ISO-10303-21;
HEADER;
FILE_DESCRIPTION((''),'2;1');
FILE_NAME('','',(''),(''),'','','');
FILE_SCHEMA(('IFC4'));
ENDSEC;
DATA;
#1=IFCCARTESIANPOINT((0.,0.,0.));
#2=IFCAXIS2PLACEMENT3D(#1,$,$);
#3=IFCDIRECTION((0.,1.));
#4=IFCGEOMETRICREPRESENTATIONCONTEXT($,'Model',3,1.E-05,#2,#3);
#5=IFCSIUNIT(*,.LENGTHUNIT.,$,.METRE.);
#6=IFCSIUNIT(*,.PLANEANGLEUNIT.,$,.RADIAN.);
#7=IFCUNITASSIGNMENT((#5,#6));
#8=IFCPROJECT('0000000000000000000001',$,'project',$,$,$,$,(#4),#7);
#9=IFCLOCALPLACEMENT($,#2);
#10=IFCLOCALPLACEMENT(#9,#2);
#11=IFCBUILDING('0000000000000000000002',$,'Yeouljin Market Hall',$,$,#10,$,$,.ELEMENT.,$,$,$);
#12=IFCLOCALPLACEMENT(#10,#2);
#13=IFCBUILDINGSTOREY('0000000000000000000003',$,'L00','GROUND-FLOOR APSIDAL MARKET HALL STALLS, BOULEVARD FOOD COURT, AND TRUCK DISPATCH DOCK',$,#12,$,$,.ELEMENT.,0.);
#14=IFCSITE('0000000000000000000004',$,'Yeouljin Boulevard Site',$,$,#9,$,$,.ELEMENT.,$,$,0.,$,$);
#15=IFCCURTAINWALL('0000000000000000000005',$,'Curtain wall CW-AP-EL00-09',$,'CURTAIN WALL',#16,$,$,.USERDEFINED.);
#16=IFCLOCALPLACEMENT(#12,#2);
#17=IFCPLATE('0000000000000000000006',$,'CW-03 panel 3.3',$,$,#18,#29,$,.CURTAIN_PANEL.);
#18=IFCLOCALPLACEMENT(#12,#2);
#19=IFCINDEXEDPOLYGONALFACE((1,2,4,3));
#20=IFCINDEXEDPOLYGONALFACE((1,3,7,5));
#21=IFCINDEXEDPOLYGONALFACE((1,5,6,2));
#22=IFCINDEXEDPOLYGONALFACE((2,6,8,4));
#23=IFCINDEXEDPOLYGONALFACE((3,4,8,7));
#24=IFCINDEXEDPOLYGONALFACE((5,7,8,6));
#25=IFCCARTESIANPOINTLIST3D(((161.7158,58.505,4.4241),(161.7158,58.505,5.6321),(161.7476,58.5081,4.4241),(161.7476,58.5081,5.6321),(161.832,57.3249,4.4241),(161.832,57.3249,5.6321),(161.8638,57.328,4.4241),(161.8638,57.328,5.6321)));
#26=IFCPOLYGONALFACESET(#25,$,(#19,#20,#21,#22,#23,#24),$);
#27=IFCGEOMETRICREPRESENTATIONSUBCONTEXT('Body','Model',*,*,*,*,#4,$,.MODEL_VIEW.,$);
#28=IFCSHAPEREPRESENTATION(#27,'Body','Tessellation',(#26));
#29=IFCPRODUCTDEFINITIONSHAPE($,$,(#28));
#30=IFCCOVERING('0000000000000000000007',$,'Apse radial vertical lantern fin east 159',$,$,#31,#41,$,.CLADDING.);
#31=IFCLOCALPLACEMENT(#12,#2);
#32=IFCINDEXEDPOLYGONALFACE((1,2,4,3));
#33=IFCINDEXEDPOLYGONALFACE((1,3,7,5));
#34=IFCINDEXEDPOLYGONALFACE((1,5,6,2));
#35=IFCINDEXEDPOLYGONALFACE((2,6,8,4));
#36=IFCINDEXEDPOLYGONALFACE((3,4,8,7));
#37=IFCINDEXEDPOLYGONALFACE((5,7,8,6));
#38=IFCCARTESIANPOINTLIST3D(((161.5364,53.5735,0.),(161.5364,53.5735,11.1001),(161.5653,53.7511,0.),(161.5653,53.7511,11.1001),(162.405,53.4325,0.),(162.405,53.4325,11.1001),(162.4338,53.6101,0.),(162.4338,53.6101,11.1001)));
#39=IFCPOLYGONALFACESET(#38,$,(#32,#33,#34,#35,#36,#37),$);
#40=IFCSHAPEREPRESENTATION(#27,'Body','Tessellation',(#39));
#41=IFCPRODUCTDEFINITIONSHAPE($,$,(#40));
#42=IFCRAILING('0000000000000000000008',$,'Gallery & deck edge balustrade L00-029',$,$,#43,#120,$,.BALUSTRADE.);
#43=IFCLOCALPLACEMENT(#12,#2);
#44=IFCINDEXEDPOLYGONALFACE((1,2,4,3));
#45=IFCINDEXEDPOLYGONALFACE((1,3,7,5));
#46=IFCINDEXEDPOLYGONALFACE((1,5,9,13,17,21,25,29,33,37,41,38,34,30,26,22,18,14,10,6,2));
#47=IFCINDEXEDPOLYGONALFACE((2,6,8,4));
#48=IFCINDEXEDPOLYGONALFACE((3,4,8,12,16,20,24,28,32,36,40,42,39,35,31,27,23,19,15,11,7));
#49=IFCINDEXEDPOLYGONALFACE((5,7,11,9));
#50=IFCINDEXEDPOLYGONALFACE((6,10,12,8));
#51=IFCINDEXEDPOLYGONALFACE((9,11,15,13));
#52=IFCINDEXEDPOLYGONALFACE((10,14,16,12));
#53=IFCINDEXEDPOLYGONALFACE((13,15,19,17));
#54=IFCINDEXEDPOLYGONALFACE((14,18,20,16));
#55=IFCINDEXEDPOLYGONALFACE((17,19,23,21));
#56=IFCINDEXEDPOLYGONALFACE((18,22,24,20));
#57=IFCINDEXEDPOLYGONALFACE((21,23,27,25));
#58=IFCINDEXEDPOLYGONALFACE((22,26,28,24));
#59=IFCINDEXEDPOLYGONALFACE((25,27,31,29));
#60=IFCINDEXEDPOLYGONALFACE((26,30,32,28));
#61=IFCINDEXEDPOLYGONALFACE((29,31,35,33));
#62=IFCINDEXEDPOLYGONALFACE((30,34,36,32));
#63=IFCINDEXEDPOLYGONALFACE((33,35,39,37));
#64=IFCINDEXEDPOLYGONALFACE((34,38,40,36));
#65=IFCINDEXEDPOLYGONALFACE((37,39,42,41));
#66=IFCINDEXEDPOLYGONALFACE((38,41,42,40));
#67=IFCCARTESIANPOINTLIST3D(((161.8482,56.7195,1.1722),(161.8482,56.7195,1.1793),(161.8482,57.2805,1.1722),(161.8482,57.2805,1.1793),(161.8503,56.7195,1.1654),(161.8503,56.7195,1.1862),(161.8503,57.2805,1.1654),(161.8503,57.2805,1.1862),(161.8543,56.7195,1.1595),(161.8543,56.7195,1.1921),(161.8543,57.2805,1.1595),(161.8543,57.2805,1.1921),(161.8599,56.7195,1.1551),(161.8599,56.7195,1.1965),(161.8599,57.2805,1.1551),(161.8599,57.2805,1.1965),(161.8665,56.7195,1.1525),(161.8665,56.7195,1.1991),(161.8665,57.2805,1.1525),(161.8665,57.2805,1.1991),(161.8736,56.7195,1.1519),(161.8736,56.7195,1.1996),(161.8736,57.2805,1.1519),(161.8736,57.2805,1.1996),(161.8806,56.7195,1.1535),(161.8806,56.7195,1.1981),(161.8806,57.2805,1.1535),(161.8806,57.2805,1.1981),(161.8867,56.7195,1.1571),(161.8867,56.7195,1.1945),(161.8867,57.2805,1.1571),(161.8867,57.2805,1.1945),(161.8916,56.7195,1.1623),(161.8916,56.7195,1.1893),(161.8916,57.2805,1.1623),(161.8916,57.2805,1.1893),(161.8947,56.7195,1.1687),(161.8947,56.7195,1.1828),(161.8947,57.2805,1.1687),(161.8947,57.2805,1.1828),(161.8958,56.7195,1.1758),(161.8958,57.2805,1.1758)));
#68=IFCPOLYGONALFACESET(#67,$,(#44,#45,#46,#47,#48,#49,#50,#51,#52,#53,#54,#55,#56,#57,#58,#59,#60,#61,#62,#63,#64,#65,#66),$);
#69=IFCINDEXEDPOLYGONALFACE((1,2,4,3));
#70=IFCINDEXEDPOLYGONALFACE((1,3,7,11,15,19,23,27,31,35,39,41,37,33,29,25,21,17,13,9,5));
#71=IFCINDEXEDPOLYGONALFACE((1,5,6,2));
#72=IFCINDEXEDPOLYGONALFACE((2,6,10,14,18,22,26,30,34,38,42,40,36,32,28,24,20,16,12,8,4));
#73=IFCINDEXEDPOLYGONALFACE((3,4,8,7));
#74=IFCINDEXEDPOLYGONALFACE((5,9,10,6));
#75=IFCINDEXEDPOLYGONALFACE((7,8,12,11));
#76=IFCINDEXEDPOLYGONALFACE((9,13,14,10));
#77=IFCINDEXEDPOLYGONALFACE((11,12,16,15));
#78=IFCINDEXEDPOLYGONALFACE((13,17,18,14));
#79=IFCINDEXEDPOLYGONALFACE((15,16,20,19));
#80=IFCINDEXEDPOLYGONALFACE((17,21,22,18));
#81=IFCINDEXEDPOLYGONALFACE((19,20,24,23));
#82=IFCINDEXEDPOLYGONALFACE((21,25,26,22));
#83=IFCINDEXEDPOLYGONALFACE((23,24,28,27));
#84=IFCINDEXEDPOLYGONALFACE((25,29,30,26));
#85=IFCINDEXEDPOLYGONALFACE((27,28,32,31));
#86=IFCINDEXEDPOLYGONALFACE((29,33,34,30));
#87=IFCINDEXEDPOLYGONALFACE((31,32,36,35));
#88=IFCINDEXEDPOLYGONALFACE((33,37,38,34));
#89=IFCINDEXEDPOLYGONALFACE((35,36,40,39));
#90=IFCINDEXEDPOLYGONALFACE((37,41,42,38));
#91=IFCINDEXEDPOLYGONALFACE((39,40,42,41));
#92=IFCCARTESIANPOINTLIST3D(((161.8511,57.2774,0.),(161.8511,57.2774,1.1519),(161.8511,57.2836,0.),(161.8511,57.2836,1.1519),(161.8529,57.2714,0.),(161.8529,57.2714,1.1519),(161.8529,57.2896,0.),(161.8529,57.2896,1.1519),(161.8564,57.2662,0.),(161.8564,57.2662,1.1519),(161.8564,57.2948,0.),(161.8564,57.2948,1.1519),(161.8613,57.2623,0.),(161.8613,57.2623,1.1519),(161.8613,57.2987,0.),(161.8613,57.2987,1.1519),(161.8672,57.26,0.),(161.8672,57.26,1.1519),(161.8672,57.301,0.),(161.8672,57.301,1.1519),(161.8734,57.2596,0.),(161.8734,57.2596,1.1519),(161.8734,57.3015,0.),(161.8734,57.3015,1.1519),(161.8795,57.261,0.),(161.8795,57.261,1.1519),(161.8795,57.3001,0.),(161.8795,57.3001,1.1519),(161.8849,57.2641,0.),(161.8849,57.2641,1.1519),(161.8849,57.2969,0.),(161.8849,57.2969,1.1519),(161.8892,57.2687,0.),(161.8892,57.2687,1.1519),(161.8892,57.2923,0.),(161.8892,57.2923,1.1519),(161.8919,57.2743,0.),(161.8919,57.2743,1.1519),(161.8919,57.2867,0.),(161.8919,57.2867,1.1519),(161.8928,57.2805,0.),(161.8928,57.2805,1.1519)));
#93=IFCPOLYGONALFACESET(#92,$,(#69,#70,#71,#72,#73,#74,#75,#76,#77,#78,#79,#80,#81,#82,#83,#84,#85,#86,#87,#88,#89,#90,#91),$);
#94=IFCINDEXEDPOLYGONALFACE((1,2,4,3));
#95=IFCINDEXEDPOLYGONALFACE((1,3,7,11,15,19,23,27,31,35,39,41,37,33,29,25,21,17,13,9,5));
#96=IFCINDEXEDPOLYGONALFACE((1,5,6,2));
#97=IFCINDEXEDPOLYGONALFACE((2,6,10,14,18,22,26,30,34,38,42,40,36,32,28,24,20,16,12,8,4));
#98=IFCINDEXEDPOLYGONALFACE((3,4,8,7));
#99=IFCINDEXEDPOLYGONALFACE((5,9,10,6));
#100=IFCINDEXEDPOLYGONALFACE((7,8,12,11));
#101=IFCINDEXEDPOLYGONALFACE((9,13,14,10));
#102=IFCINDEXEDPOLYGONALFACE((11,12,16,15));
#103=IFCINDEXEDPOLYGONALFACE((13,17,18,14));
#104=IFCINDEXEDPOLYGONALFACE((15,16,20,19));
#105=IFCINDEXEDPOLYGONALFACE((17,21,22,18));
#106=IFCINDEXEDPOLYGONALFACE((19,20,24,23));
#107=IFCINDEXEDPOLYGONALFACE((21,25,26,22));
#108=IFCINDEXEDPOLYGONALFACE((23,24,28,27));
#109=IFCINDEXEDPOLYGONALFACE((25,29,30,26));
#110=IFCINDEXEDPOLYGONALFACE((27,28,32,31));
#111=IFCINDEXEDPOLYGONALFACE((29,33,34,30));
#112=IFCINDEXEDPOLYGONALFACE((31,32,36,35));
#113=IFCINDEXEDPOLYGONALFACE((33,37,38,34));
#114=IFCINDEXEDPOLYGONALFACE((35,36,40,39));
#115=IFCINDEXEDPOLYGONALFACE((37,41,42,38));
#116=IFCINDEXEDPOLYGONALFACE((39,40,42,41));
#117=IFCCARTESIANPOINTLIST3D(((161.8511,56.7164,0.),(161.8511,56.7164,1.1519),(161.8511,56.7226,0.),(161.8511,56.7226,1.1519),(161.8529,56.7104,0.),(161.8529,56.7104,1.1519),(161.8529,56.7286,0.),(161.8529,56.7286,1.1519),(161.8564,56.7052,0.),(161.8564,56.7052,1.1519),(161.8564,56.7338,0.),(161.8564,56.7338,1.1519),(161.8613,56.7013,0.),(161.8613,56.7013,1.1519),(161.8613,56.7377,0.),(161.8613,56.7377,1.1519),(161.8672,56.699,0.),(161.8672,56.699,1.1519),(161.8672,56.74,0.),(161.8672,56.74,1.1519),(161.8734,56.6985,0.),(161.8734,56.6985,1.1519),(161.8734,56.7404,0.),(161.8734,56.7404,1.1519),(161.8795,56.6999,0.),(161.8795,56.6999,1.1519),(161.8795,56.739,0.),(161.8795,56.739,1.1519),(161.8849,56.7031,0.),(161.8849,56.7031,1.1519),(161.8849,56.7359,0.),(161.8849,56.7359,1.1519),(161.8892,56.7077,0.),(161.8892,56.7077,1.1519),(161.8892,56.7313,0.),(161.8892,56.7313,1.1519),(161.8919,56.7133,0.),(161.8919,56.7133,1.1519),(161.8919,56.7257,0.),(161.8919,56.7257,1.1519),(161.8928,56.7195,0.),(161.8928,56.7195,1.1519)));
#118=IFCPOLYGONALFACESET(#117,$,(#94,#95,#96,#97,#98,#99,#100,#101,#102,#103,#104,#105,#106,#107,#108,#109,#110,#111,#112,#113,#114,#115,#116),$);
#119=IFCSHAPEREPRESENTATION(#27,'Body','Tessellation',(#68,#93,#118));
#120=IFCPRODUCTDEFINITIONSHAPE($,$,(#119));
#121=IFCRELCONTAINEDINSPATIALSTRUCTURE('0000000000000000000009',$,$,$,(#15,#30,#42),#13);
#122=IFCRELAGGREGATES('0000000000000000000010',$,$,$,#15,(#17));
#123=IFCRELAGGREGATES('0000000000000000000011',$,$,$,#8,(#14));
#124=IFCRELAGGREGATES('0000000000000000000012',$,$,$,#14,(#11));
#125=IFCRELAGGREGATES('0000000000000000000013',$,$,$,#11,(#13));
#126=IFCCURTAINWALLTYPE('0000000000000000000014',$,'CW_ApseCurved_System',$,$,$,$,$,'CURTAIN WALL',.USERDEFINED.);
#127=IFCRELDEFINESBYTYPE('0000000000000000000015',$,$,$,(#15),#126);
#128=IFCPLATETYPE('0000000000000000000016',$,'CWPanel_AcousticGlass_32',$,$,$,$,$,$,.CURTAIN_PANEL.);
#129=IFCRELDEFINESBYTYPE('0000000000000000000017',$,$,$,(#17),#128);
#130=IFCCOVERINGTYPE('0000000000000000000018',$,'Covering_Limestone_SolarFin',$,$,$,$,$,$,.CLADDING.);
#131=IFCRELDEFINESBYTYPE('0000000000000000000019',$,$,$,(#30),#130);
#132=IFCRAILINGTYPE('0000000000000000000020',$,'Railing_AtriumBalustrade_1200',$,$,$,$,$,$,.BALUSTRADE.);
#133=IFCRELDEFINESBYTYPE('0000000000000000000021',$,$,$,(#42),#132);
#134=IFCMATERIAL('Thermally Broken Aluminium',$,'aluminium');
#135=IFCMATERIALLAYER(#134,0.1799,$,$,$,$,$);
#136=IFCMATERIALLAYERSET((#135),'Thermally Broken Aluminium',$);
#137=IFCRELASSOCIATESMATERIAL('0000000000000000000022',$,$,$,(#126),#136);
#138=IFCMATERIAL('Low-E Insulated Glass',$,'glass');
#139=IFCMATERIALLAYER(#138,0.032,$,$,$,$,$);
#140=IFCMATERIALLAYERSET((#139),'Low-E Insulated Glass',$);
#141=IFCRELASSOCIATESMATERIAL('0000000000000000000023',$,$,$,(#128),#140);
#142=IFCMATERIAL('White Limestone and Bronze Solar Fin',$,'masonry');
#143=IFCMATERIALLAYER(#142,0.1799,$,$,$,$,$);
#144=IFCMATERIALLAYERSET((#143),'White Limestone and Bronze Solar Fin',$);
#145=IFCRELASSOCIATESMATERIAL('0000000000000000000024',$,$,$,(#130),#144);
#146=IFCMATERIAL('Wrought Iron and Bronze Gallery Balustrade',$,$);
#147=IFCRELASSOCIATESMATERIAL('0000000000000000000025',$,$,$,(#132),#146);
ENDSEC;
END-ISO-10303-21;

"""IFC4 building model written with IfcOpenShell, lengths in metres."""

from ifc_helpers import new_model, si_unit, direction, frame, origin, origin_2d, place, context, subcontext, project, spatial, rectangle, circle, extrude, material, layer, layer_set, type_object, element, aggregate, save


model = new_model("IFC4")

# Units and contexts
model_context = context("Model", 3, precision=1e-05, world=origin(), true_north=direction((0.0, 1.0)))
body_context = subcontext(model_context, "Body", "Model", "MODEL_VIEW")
ifc_project = project(units=[si_unit("LENGTHUNIT", "METRE"), si_unit("PLANEANGLEUNIT", "RADIAN")], contexts=[model_context])

# Site, building, storey
site_placement = place(None, origin())
site = spatial("IfcSite", under=ifc_project, at=site_placement, Name="Yeouljin Boulevard Site", CompositionType="ELEMENT", RefElevation=0.0)
building_placement = place(site_placement, origin())
building = spatial("IfcBuilding", under=site, at=building_placement, Name="Yeouljin Market Hall", CompositionType="ELEMENT")
storey_placement = place(building_placement, origin())
storey = spatial("IfcBuildingStorey", under=building, at=storey_placement, Name="L00", Description="GROUND-FLOOR APSIDAL MARKET HALL STALLS, BOULEVARD FOOD COURT, AND TRUCK DISPATCH DOCK", CompositionType="ELEMENT", Elevation=0.0)

# Shared definitions
ifc_material_1 = material(Name="Thermally Broken Aluminium", Category="aluminium")
ifc_layer_1 = layer(ifc_material_1, 0.1799)
ifc_layer_set_1 = layer_set([ifc_layer_1], Name="Thermally Broken Aluminium")
curtain_wall_type = type_object("IfcCurtainWallType", Name="CW_ApseCurved_System", ElementType="CURTAIN WALL", PredefinedType="USERDEFINED", material=ifc_layer_set_1)

# Curtain wall
curtain_wall_1_placement = place(storey_placement, origin())
curtain_wall_1 = element("IfcCurtainWall", 1, at=curtain_wall_1_placement, inside=storey, type_object=curtain_wall_type, Name="Curtain wall CW-AP-EL00-09", ObjectType="CURTAIN WALL", PredefinedType="USERDEFINED")

# Plate
ifc_material_2 = material(Name="Low-E Insulated Glass", Category="glass")
ifc_layer_2 = layer(ifc_material_2, 0.032)
ifc_layer_set_2 = layer_set([ifc_layer_2], Name="Low-E Insulated Glass")
plate_type = type_object("IfcPlateType", Name="CWPanel_AcousticGlass_32", PredefinedType="CURTAIN_PANEL", material=ifc_layer_set_2)
plate_1_placement = place(storey_placement, frame((161.7898, 57.9165, 4.4241), z_axis=(0.0, 0.0, 1.0), x_axis=(0.098034, -0.995183, 0.0)))
plate_1 = element("IfcPlate", 2, at=plate_1_placement, type_object=plate_type, Name="CW-03 panel 3.3", PredefinedType="CURTAIN_PANEL", context=body_context, shape_type="SweptSolid", body=[
    extrude(rectangle(XDim=1.1858, YDim=0.032, at=origin_2d()), origin(), (0.0, 0.0, 1.0), 1.208),
])
aggregate(curtain_wall_1, [plate_1])

# Covering
ifc_material_3 = material(Name="White Limestone and Bronze Solar Fin", Category="masonry")
ifc_layer_3 = layer(ifc_material_3, 0.1799)
ifc_layer_set_3 = layer_set([ifc_layer_3], Name="White Limestone and Bronze Solar Fin")
covering_type = type_object("IfcCoveringType", Name="Covering_Limestone_SolarFin", PredefinedType="CLADDING", material=ifc_layer_set_3)
covering_placement = place(storey_placement, frame((161.9851, 53.5918, 0.0), z_axis=(0.0, 0.0, 1.0), x_axis=(0.98708, -0.160226, 0.0)))
element("IfcCovering", 3, at=covering_placement, inside=storey, type_object=covering_type, Name="Apse radial vertical lantern fin east 159", PredefinedType="CLADDING", context=body_context, shape_type="SweptSolid", body=[
    extrude(rectangle(XDim=0.8799, YDim=0.1799, at=origin_2d()), origin(), (0.0, 0.0, 1.0), 11.1001),
])

# Railing
ifc_material_4 = material(Name="Wrought Iron and Bronze Gallery Balustrade")
railing_type = type_object("IfcRailingType", Name="Railing_AtriumBalustrade_1200", PredefinedType="BALUSTRADE", material=ifc_material_4)
railing_placement = place(storey_placement, frame((161.8718, 57.2805, 0.0)))
element("IfcRailing", 4, at=railing_placement, inside=storey, type_object=railing_type, Name="Gallery & deck edge balustrade L00-029", PredefinedType="BALUSTRADE", context=body_context, shape_type="SweptSolid", body=[
    extrude(circle(Radius=0.0239, at=origin_2d()), frame((0.0, 0.0, 1.1758), z_axis=(0.0, -1.0, 0.0), x_axis=(1.0, 0.0, 0.0)), (0.0, 0.0, 1.0), 0.561),
    extrude(circle(Radius=0.021, at=origin_2d()), origin(), (0.0, 0.0, 1.0), 1.1519),
    extrude(circle(Radius=0.021, at=origin_2d()), frame((0.0, -0.561, 0.0)), (0.0, 0.0, 1.0), 1.1519),
])

save(model, "model.ifc")
